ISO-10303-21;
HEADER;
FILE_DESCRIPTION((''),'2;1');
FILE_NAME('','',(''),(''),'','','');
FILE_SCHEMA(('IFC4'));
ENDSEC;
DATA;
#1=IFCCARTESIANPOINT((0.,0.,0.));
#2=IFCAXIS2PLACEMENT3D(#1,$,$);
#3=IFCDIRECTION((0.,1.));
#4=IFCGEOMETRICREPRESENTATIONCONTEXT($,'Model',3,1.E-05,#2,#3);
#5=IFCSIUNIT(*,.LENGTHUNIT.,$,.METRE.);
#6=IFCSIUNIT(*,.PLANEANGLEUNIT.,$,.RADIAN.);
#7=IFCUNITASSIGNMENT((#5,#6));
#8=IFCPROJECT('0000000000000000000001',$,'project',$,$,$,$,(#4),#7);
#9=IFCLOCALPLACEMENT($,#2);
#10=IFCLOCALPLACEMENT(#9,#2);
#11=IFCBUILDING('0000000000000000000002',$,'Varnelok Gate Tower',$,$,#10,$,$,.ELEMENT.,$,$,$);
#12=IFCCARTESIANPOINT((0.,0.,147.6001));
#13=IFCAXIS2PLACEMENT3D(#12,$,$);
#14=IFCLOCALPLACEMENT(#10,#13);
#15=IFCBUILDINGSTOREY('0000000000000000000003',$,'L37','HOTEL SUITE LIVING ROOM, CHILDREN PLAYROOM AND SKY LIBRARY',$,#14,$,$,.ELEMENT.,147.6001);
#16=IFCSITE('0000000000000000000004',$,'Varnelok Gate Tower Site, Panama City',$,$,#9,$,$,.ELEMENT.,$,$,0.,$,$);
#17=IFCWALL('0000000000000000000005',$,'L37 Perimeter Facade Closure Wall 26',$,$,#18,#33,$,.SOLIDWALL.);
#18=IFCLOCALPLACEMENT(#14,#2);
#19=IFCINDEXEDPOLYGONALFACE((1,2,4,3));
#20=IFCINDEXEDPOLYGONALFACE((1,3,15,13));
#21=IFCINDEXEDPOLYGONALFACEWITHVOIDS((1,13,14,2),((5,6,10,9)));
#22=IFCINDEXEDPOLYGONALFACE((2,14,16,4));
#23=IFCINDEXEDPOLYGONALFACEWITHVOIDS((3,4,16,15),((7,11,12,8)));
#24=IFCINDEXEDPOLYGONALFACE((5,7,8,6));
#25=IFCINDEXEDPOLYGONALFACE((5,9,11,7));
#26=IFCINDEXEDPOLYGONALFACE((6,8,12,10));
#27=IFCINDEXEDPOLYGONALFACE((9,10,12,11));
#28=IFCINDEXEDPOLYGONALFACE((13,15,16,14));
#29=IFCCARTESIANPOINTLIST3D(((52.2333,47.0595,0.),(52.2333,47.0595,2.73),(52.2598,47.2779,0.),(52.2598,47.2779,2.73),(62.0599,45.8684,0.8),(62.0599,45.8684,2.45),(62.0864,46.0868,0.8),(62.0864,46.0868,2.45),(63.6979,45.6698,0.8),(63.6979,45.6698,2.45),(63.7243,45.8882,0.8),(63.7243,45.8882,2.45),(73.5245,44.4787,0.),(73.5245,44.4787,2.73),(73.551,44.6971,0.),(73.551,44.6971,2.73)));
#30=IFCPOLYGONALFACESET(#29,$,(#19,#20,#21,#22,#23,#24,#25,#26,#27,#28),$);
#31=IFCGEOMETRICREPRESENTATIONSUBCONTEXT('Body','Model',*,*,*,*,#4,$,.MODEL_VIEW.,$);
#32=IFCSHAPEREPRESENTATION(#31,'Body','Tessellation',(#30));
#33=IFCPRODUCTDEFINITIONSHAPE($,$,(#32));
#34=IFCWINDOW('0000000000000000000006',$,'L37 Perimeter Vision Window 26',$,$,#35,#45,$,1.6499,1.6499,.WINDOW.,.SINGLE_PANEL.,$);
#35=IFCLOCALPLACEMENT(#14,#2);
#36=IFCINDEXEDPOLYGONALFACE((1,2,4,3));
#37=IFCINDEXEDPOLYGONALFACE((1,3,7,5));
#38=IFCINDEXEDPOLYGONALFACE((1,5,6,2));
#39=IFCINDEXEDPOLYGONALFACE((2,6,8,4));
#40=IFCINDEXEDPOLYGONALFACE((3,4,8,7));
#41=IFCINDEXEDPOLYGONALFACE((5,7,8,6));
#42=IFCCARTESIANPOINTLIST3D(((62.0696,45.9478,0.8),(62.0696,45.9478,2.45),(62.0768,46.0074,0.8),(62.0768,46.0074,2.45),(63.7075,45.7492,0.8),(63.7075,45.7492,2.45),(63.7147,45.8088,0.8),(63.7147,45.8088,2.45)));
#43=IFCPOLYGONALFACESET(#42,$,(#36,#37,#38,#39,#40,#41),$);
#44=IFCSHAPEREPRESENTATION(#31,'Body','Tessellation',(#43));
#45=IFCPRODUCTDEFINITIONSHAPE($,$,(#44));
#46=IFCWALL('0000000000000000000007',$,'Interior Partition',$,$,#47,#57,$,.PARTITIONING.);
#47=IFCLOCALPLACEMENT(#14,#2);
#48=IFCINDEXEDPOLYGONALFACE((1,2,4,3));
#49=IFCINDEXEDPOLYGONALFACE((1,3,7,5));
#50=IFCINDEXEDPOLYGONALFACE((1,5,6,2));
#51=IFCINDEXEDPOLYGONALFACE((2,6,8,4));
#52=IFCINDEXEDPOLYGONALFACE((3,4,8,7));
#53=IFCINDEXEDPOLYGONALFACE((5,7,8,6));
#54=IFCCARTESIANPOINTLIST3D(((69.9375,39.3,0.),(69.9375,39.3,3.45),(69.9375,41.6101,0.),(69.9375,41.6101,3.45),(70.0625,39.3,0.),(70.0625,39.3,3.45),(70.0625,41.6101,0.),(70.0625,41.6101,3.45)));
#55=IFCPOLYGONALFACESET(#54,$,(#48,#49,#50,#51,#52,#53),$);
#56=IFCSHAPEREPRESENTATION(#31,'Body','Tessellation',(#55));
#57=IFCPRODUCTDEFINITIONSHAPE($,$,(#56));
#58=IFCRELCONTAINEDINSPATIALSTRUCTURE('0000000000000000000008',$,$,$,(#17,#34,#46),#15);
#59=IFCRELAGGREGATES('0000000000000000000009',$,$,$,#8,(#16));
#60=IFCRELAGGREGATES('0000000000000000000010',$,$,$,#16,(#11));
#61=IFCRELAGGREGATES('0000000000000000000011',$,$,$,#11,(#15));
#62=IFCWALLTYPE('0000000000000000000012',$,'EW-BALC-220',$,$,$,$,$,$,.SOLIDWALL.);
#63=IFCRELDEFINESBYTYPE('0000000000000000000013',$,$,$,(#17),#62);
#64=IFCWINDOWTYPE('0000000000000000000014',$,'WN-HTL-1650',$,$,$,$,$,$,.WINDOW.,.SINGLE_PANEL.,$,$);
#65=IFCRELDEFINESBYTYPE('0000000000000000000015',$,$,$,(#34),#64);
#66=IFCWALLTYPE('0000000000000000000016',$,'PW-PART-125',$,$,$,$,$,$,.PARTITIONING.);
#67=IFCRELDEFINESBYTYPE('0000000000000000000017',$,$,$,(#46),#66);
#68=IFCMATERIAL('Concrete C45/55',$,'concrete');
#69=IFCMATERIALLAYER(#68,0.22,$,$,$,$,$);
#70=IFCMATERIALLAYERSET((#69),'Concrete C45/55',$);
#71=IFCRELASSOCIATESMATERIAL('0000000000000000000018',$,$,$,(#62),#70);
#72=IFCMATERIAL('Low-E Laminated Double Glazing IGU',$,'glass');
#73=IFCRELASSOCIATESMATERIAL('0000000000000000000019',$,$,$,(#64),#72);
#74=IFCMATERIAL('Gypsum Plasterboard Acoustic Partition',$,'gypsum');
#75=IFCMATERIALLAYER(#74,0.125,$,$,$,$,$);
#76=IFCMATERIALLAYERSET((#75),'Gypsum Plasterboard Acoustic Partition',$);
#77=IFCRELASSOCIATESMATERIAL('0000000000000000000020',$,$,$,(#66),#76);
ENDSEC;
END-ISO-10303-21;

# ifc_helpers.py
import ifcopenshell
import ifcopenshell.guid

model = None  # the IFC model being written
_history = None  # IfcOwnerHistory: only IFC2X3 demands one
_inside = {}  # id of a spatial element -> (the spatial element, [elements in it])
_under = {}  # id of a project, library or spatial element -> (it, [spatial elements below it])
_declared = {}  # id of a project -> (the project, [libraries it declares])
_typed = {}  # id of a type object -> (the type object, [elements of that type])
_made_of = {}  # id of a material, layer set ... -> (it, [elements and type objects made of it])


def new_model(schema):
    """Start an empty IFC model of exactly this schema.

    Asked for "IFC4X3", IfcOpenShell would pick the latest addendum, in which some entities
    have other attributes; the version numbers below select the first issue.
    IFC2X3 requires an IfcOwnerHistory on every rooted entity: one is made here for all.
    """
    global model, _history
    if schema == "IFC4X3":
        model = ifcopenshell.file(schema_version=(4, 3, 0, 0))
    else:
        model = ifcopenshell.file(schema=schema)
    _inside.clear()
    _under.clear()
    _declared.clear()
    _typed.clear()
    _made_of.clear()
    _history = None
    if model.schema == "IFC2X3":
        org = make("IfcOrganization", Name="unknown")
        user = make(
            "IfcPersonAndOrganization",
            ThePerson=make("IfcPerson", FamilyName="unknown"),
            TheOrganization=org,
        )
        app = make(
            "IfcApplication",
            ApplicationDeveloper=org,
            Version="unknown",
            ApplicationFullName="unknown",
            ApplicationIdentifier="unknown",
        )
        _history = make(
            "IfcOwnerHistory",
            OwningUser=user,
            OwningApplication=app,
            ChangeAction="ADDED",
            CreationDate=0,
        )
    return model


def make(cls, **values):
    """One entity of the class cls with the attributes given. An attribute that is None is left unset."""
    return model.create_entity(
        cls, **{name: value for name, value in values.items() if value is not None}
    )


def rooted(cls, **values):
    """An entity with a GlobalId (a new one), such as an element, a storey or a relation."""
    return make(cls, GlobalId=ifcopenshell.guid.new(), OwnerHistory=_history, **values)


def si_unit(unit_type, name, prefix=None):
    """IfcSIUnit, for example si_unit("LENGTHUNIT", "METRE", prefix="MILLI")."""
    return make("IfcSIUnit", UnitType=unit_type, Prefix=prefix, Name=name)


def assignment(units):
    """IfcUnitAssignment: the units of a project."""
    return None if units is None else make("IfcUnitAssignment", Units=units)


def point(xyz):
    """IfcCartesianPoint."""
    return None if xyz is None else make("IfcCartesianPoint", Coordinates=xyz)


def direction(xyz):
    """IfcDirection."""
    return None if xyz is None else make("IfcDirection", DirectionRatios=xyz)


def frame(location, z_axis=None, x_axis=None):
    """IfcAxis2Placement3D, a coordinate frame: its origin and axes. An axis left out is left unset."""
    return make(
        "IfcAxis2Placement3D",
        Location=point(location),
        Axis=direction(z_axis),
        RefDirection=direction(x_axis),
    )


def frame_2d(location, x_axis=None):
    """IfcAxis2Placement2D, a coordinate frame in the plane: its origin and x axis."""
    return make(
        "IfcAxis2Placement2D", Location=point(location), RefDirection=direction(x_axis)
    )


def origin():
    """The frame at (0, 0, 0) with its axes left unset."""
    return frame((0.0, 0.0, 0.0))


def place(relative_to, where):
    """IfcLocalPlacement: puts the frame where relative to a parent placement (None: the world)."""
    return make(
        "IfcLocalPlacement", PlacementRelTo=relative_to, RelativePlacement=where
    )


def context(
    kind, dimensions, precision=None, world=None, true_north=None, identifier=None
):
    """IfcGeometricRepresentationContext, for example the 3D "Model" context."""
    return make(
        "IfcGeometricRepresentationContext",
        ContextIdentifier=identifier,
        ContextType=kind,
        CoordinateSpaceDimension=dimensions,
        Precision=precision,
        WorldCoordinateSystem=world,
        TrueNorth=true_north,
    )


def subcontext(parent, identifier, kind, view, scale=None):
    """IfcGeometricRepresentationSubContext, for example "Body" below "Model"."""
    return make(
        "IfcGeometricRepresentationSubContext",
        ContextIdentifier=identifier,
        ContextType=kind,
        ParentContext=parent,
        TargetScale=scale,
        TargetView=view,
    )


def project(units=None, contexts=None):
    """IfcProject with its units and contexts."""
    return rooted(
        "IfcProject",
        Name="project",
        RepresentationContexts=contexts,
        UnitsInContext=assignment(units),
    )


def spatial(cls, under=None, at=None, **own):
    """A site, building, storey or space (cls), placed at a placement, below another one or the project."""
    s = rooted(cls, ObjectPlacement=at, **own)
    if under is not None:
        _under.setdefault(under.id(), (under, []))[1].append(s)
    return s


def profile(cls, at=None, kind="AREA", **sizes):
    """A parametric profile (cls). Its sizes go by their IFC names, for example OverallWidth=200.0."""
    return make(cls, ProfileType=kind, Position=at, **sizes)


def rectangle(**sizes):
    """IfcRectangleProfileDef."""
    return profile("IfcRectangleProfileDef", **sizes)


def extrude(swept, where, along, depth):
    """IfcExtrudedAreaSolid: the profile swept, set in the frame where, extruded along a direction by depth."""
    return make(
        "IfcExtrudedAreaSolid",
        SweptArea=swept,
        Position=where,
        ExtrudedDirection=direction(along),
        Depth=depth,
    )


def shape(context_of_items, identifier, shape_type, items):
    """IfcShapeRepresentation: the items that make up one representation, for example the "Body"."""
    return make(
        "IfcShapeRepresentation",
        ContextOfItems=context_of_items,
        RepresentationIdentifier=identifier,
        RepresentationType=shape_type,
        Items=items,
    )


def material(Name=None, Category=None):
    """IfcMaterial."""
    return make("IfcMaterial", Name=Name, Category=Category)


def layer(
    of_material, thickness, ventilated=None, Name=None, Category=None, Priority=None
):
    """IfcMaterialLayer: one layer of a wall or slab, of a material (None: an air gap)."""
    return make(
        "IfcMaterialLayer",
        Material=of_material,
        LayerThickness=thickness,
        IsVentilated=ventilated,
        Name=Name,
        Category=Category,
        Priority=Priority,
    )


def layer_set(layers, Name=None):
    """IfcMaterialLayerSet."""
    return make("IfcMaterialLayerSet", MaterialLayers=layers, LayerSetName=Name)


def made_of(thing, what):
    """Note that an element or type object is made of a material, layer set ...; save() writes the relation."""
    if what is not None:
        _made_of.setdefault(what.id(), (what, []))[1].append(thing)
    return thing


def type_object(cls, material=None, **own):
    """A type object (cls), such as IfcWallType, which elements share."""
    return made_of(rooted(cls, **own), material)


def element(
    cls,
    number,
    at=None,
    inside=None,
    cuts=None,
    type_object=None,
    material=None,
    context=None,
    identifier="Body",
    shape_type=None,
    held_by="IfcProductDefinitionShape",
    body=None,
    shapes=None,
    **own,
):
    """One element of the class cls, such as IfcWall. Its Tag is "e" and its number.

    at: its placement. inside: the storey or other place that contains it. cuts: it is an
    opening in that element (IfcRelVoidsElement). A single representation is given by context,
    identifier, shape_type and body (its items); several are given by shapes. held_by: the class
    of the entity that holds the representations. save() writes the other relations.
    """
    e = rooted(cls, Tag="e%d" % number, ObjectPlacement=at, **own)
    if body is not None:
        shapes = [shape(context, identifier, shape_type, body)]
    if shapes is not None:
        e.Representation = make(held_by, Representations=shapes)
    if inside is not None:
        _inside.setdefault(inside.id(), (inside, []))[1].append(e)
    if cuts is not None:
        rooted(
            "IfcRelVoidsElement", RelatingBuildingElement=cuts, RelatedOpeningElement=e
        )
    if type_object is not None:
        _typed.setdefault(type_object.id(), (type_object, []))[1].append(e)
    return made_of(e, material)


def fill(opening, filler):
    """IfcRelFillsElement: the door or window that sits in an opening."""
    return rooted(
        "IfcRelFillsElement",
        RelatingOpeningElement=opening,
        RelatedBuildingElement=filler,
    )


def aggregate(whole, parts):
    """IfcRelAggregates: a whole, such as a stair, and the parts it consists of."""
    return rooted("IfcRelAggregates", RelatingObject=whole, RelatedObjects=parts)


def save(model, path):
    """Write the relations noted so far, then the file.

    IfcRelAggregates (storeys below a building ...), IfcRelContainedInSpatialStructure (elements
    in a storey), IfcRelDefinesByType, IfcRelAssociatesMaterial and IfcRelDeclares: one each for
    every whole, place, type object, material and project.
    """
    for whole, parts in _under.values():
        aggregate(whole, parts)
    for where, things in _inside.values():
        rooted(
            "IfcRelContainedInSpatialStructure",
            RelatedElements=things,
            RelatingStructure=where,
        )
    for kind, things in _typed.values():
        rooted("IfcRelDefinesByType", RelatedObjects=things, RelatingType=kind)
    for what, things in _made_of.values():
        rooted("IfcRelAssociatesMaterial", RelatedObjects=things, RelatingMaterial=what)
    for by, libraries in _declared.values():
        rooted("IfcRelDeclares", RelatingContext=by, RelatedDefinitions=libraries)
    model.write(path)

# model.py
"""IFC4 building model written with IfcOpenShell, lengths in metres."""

from ifc_helpers import new_model, si_unit, direction, frame, frame_2d, origin, place, context, subcontext, project, spatial, rectangle, extrude, material, layer, layer_set, type_object, element, fill, save


model = new_model("IFC4")

# Units and contexts
model_context = context("Model", 3, precision=1e-05, world=origin(), true_north=direction((0.0, 1.0)))
body_context = subcontext(model_context, "Body", "Model", "MODEL_VIEW")
ifc_project = project(units=[si_unit("LENGTHUNIT", "METRE"), si_unit("PLANEANGLEUNIT", "RADIAN")], contexts=[model_context])

# Site, building, storey
site_placement = place(None, origin())
site = spatial("IfcSite", under=ifc_project, at=site_placement, Name="Varnelok Gate Tower Site, Panama City", CompositionType="ELEMENT", RefElevation=0.0)
building_placement = place(site_placement, origin())
building = spatial("IfcBuilding", under=site, at=building_placement, Name="Varnelok Gate Tower", CompositionType="ELEMENT")
storey_placement = place(building_placement, frame((0.0, 0.0, 147.6001)))
storey = spatial("IfcBuildingStorey", under=building, at=storey_placement, Name="L37", Description="HOTEL SUITE LIVING ROOM, CHILDREN PLAYROOM AND SKY LIBRARY", CompositionType="ELEMENT", Elevation=147.6001)

# Shared definitions
ifc_material_1 = material(Name="Low-E Laminated Double Glazing IGU", Category="glass")

# Shared definitions
ifc_material_2 = material(Name="Concrete C45/55", Category="concrete")
ifc_layer_1 = layer(ifc_material_2, 0.22)
ifc_layer_set_1 = layer_set([ifc_layer_1], Name="Concrete C45/55")
wall_type_1 = type_object("IfcWallType", Name="EW-BALC-220", PredefinedType="SOLIDWALL", material=ifc_layer_set_1)

# Wall, opening, window
wall_1_placement = place(storey_placement, frame((73.5378, 44.5879, 0.0), z_axis=(0.0, 0.0, 1.0), x_axis=(-0.992733, 0.120334, 0.0)))
wall_1 = element("IfcWall", 1, at=wall_1_placement, inside=storey, type_object=wall_type_1, Name="L37 Perimeter Facade Closure Wall 26", PredefinedType="SOLIDWALL", context=body_context, shape_type="SweptSolid", body=[
    extrude(rectangle(XDim=21.447, YDim=0.22, at=frame_2d((10.7236, 0.0))), origin(), (0.0, 0.0, 1.0), 2.73),
])
opening_placement = place(wall_1_placement, frame((9.8987, 0.0, 0.8)))
opening = element("IfcOpeningElement", 2, at=opening_placement, cuts=wall_1, PredefinedType="OPENING", context=body_context, shape_type="SweptSolid", body=[
    extrude(rectangle(XDim=1.6499, YDim=1.6499, at=frame_2d((0.825, 0.825))), frame((0.0, 0.1199, 0.0), z_axis=(0.0, -1.0, 0.0), x_axis=(1.0, 0.0, 0.0)), (0.0, 0.0, 1.0), 0.24),
])
window_type = type_object("IfcWindowType", Name="WN-HTL-1650", PartitioningType="SINGLE_PANEL", PredefinedType="WINDOW", material=ifc_material_1)
window_placement = place(opening_placement, origin())
window = element("IfcWindow", 3, at=window_placement, inside=storey, type_object=window_type, Name="L37 Perimeter Vision Window 26", OverallHeight=1.6499, OverallWidth=1.6499, PartitioningType="SINGLE_PANEL", PredefinedType="WINDOW", context=body_context, shape_type="SweptSolid", body=[
    extrude(rectangle(XDim=1.6499, YDim=1.6499, at=frame_2d((0.825, 0.825))), frame((0.0, 0.03, 0.0), z_axis=(0.0, -1.0, 0.0), x_axis=(1.0, 0.0, 0.0)), (0.0, 0.0, 1.0), 0.0601),
])
fill(opening, window)

# Wall
ifc_material_3 = material(Name="Gypsum Plasterboard Acoustic Partition", Category="gypsum")
ifc_layer_2 = layer(ifc_material_3, 0.125)
ifc_layer_set_2 = layer_set([ifc_layer_2], Name="Gypsum Plasterboard Acoustic Partition")
wall_type_2 = type_object("IfcWallType", Name="PW-PART-125", PredefinedType="PARTITIONING", material=ifc_layer_set_2)
wall_2_placement = place(storey_placement, frame((70.0, 39.3, 0.0), z_axis=(0.0, 0.0, 1.0), x_axis=(0.0, 1.0, 0.0)))
element("IfcWall", 4, at=wall_2_placement, inside=storey, type_object=wall_type_2, Name="Interior Partition", PredefinedType="PARTITIONING", context=body_context, shape_type="SweptSolid", body=[
    extrude(rectangle(XDim=2.3101, YDim=0.125, at=frame_2d((1.155, 0.0))), origin(), (0.0, 0.0, 1.0), 3.45),
])

save(model, "model.ifc")
